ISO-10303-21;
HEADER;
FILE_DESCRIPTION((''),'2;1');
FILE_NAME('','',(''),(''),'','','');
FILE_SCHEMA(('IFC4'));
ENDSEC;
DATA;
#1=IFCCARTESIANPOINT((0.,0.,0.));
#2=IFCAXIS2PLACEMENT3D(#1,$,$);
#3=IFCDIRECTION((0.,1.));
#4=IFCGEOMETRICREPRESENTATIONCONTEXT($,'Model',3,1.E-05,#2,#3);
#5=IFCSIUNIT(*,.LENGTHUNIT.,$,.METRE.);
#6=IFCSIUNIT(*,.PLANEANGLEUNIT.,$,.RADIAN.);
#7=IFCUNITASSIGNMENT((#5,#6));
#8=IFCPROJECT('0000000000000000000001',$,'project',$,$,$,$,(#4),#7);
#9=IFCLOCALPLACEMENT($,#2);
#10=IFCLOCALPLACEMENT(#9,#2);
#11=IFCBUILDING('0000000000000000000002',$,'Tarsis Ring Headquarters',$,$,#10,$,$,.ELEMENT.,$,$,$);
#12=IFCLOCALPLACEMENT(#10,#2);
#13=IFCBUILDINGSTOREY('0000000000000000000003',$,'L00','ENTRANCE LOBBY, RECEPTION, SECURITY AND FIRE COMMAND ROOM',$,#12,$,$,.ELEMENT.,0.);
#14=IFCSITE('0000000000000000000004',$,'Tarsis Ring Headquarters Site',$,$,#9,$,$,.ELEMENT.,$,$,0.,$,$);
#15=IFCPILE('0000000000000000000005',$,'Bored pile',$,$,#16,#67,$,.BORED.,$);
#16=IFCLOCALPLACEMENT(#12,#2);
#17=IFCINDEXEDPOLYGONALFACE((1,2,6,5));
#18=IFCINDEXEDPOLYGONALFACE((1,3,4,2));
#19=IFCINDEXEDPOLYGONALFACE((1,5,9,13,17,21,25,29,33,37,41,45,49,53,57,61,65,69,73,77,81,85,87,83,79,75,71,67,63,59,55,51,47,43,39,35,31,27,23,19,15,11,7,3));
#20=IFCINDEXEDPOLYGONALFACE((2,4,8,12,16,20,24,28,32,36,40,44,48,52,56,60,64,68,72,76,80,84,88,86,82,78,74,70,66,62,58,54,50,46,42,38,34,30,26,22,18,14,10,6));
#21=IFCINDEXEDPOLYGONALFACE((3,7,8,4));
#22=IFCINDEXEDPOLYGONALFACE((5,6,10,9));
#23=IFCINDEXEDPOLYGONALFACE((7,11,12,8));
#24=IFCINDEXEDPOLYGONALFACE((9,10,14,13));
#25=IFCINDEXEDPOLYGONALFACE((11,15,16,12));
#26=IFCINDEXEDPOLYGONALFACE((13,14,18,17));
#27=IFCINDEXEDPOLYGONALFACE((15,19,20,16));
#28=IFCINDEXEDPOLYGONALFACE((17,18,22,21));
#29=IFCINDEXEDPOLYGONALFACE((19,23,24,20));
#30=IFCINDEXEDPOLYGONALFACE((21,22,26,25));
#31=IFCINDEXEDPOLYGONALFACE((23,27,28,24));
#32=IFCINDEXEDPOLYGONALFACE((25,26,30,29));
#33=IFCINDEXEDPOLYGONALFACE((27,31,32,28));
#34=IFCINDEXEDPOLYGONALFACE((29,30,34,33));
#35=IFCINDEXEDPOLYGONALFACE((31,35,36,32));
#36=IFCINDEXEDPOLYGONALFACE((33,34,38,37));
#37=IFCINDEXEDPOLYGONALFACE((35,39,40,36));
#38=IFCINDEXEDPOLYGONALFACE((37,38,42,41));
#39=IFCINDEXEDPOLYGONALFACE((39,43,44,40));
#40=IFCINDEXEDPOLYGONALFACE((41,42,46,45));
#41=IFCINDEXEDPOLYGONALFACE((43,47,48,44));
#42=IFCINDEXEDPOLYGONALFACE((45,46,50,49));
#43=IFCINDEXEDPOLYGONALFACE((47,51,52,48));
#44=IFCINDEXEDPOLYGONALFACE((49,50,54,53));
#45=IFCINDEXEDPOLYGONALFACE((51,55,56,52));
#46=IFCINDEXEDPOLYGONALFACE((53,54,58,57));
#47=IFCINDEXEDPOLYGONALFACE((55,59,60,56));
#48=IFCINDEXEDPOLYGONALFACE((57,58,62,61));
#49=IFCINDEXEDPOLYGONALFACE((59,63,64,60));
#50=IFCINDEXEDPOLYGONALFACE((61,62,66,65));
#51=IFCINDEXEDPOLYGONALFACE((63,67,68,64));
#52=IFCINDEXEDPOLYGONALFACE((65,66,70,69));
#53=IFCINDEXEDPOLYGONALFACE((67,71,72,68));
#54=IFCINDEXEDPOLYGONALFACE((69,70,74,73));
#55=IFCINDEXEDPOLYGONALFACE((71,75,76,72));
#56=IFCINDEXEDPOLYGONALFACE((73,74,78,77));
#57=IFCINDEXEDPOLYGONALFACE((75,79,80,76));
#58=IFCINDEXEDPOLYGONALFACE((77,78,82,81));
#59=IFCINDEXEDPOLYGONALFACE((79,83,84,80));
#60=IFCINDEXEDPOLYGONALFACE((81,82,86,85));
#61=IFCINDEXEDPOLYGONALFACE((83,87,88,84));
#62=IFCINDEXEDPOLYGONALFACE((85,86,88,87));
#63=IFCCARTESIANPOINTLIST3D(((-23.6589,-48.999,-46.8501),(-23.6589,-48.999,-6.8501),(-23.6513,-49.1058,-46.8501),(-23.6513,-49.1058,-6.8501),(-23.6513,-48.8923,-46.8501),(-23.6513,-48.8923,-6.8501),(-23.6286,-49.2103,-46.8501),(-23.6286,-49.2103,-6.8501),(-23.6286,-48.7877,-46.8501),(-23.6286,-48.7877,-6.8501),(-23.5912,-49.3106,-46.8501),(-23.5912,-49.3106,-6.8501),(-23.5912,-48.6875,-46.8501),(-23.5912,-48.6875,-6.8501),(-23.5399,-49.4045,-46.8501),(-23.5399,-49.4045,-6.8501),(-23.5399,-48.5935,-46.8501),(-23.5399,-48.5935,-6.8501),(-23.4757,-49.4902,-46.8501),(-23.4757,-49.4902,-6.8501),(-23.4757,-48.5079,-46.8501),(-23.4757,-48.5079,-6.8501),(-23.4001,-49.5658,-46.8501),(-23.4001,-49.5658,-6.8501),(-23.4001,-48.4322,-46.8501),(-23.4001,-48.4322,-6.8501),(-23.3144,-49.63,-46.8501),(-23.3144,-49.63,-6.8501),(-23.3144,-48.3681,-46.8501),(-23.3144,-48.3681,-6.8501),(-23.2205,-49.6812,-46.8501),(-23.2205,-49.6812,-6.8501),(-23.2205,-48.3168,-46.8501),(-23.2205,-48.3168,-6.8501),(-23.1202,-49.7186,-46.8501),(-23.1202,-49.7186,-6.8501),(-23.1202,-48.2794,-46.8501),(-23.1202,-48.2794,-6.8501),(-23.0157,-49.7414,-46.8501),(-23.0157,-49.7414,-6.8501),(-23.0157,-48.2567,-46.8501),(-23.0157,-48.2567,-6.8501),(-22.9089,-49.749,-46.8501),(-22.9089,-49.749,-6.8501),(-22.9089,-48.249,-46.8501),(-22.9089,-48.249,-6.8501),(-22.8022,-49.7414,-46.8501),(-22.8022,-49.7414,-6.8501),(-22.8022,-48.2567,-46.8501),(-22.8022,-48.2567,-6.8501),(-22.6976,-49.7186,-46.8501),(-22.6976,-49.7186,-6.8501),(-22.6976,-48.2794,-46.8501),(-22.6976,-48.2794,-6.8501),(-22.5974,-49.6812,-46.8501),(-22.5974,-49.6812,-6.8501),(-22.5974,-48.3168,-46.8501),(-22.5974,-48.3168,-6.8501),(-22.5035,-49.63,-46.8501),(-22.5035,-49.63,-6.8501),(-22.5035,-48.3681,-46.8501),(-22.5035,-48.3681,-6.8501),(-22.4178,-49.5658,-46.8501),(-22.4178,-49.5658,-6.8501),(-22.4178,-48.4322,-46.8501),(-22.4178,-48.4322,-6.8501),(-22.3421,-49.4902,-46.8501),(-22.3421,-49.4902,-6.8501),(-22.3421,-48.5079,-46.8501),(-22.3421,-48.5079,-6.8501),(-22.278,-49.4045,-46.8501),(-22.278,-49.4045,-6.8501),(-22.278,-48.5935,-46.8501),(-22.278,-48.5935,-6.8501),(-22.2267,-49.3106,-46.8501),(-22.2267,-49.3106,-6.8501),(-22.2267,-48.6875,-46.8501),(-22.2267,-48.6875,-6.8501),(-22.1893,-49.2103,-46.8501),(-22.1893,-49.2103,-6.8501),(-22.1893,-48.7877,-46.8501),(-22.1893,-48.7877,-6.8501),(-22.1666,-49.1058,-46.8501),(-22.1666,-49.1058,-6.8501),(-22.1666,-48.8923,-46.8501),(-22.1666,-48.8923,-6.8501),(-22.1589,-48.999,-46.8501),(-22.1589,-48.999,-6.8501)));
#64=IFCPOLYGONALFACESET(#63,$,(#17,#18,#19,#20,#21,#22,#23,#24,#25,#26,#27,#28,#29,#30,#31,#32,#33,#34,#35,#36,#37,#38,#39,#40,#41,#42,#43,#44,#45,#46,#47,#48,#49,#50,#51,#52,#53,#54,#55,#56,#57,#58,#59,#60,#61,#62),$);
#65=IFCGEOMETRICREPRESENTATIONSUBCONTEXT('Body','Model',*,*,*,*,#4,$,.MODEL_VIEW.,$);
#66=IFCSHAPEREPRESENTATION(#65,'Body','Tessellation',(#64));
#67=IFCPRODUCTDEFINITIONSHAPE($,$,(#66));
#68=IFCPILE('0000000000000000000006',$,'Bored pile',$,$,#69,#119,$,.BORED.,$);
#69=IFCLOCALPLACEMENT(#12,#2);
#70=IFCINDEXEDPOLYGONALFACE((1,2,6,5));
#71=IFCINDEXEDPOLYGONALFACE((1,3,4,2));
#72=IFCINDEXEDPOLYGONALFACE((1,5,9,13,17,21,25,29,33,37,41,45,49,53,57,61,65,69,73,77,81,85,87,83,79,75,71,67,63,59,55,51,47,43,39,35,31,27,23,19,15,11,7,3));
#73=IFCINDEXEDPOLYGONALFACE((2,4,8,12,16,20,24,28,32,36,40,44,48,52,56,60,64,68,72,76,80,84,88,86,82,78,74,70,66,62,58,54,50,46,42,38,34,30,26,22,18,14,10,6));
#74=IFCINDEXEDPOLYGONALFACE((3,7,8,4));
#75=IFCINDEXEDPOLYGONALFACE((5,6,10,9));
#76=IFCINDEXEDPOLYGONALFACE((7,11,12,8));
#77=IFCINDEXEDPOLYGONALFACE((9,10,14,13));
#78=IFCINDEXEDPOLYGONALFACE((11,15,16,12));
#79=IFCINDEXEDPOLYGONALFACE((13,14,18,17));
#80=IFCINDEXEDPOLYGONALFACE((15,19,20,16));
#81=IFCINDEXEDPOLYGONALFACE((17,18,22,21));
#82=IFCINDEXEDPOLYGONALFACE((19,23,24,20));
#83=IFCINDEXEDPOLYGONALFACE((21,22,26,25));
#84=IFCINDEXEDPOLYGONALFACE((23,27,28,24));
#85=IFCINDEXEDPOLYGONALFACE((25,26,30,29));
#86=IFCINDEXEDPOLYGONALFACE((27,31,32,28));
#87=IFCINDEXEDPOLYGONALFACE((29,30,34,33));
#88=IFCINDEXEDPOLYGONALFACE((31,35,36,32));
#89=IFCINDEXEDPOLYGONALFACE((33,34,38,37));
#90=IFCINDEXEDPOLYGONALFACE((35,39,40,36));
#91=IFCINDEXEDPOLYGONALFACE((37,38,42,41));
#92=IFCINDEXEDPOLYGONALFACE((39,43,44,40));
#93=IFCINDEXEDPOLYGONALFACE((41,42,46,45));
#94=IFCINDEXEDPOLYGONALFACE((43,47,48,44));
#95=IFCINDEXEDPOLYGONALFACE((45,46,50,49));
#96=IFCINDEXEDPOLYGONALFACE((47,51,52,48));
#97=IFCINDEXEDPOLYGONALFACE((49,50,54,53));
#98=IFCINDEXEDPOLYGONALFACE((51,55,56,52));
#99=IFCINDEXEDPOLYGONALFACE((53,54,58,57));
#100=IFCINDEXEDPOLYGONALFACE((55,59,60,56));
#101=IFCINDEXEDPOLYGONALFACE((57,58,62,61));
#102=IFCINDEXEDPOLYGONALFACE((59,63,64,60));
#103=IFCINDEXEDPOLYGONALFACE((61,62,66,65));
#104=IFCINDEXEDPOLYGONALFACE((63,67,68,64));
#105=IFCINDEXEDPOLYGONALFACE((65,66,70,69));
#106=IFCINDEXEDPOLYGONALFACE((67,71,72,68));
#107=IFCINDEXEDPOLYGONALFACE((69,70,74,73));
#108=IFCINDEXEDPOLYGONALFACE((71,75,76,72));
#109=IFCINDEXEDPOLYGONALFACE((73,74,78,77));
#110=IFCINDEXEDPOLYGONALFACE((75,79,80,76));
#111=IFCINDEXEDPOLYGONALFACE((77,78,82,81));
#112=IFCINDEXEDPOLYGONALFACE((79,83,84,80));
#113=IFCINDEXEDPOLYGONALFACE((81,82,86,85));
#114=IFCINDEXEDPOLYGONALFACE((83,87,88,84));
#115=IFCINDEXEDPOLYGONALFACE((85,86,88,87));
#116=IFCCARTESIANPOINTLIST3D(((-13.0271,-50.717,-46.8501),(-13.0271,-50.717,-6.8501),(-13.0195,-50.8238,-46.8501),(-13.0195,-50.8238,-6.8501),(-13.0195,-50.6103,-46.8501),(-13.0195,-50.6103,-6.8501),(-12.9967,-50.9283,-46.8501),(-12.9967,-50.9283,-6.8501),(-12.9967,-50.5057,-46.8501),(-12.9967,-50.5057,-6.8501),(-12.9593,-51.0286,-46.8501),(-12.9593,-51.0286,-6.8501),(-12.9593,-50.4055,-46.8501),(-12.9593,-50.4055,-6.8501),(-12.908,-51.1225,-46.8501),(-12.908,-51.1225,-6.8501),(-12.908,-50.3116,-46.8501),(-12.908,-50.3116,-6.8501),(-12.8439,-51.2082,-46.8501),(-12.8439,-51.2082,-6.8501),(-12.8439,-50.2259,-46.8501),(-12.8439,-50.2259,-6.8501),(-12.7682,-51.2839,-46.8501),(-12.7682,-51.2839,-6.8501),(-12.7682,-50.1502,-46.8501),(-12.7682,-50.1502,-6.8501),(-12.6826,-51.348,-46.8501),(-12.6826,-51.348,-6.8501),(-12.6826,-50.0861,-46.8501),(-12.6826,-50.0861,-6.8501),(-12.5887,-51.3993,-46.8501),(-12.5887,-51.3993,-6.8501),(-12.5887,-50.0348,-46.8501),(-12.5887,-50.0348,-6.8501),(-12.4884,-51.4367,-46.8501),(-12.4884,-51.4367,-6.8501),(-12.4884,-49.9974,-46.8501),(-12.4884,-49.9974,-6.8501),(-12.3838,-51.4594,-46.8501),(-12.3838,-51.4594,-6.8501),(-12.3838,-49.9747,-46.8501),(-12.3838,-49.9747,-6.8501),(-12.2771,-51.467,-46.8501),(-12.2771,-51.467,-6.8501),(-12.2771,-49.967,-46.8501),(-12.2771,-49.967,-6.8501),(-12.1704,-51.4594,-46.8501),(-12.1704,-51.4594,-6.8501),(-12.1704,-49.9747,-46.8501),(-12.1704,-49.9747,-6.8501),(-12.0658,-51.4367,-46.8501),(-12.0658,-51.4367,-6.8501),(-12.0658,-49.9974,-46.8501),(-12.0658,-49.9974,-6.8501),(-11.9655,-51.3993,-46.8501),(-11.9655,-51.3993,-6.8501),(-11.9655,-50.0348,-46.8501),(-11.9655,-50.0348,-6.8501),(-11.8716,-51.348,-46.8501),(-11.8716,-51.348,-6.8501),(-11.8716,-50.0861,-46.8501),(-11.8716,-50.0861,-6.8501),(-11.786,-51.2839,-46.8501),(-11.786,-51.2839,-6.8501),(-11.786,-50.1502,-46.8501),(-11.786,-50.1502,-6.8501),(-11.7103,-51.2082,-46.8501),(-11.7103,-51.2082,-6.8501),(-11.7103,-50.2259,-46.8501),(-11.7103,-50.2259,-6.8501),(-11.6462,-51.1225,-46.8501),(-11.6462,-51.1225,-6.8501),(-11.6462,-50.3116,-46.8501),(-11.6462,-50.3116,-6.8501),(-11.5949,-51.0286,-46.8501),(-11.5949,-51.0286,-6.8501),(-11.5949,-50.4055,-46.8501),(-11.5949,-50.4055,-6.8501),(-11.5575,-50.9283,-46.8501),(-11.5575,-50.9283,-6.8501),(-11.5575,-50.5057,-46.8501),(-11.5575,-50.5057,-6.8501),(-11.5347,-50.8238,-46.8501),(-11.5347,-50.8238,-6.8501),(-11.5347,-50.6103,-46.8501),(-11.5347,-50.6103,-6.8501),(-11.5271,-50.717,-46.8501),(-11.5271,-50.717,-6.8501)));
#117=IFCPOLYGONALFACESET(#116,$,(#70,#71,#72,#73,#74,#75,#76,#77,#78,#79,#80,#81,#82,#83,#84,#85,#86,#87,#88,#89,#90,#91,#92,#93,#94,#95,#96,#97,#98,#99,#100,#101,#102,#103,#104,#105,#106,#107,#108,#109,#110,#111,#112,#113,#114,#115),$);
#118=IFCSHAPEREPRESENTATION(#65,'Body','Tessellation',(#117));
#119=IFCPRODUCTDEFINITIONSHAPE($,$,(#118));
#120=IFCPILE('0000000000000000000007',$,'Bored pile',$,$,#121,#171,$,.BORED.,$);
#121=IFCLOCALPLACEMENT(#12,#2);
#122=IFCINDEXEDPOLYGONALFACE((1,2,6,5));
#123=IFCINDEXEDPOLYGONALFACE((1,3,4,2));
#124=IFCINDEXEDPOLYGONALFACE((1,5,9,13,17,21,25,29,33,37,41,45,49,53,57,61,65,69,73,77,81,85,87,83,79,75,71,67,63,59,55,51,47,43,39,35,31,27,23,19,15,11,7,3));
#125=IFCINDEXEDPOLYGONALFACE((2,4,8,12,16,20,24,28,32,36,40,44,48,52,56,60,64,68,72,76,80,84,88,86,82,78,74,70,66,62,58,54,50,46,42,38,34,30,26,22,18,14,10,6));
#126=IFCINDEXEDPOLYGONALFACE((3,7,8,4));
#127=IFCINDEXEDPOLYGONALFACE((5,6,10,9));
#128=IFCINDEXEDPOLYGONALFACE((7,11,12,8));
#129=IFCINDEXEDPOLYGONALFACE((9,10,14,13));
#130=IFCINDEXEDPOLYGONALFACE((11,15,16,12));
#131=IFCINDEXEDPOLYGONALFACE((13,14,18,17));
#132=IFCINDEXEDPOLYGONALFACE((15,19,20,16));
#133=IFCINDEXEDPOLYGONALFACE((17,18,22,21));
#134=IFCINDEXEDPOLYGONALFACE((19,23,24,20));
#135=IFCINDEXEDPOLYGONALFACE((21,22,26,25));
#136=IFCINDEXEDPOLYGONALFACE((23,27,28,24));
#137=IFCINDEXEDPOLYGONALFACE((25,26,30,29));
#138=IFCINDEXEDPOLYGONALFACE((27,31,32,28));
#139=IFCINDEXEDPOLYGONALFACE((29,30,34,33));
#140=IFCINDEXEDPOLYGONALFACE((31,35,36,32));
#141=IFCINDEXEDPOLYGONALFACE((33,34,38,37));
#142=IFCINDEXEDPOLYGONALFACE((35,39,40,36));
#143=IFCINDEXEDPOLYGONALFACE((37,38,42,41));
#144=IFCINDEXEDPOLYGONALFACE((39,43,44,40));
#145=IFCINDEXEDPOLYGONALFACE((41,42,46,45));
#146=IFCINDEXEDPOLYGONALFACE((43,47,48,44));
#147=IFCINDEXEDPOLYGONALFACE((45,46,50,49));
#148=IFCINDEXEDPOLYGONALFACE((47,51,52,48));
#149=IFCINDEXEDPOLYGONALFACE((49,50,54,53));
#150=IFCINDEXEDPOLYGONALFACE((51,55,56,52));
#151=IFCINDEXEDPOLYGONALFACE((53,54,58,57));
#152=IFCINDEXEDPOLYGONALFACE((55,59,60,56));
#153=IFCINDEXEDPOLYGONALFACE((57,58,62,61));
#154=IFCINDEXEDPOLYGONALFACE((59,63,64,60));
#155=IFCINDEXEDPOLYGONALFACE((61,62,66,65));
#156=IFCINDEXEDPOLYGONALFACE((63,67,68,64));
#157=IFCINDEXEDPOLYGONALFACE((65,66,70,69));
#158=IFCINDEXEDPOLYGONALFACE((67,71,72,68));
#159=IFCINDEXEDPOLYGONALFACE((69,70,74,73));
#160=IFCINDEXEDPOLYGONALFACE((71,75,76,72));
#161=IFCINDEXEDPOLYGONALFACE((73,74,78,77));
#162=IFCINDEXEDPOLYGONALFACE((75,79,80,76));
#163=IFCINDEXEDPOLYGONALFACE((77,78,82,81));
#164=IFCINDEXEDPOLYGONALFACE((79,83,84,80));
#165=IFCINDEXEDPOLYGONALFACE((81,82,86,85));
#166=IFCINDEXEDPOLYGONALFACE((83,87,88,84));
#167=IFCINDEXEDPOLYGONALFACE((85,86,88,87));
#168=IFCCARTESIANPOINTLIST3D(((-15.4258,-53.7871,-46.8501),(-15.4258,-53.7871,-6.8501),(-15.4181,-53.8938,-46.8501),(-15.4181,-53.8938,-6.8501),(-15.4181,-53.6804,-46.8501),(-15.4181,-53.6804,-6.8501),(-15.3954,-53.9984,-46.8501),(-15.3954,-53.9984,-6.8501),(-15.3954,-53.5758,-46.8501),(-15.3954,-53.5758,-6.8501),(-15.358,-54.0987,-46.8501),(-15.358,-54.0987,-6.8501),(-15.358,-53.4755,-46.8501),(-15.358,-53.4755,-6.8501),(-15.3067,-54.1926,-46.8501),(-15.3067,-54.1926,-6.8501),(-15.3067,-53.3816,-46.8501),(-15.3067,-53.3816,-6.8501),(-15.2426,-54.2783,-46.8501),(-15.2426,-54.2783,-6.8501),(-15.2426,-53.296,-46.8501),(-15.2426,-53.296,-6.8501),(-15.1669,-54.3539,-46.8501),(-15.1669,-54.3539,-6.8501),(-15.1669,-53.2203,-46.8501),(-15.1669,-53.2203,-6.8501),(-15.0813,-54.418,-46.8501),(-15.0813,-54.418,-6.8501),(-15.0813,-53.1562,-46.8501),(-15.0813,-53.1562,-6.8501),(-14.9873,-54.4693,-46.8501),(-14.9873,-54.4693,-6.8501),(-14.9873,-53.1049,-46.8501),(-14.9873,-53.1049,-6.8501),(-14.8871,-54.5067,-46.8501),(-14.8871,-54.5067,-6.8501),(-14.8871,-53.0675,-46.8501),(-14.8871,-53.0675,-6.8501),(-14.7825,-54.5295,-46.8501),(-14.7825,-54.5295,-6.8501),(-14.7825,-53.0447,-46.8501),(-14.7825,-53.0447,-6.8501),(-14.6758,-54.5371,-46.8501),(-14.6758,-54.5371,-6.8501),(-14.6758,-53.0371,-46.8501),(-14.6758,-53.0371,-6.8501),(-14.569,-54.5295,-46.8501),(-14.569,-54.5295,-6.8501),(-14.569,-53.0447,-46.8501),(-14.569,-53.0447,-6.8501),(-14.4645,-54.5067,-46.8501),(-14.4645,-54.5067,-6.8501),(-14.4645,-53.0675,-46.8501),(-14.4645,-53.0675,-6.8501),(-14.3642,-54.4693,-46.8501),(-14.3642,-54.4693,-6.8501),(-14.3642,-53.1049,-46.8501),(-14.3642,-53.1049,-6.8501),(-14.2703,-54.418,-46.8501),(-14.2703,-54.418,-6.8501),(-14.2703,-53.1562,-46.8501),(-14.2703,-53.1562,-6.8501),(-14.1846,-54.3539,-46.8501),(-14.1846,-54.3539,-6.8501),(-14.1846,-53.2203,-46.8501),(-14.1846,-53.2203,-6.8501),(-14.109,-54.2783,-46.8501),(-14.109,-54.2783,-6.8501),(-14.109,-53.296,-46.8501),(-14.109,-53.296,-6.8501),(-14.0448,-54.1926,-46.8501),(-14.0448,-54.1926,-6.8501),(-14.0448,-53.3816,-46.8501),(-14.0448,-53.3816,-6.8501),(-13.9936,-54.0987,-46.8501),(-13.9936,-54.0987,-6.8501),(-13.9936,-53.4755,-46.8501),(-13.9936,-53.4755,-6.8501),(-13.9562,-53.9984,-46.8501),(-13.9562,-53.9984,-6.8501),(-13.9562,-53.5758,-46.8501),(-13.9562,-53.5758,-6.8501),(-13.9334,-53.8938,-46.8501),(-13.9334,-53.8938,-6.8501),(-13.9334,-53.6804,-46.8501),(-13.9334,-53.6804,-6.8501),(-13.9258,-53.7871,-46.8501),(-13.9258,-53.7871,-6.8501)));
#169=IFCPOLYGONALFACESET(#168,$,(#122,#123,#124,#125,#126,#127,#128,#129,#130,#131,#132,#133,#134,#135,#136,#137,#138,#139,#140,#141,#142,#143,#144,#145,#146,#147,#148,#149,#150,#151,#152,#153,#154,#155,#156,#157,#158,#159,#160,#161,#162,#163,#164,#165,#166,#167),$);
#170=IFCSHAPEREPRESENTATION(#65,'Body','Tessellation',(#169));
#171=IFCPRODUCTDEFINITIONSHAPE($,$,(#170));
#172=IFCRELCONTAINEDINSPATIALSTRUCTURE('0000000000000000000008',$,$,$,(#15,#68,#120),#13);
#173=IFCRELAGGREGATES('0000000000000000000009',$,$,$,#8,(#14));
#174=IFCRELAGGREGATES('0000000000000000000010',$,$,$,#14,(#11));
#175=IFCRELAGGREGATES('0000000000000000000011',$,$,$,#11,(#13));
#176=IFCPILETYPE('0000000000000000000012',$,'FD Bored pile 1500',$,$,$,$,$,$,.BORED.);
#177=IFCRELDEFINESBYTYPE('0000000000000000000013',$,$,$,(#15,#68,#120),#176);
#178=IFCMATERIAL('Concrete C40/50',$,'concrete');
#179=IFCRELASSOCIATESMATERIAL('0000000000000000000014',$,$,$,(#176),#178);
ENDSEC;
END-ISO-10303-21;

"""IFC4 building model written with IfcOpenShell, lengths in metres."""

from ifc_helpers import new_model, si_unit, direction, frame, origin, origin_2d, place, context, subcontext, project, spatial, circle, extrude, material, material_profile, profile_set, type_object, element, save


model = new_model("IFC4")

# Units and contexts
model_context = context("Model", 3, precision=1e-05, world=origin(), true_north=direction((0.0, 1.0)))
body_context = subcontext(model_context, "Body", "Model", "MODEL_VIEW")
ifc_project = project(units=[si_unit("LENGTHUNIT", "METRE"), si_unit("PLANEANGLEUNIT", "RADIAN")], contexts=[model_context])

# Site, building, storey
site_placement = place(None, origin())
site = spatial("IfcSite", under=ifc_project, at=site_placement, Name="Tarsis Ring Headquarters Site", CompositionType="ELEMENT", RefElevation=0.0)
building_placement = place(site_placement, origin())
building = spatial("IfcBuilding", under=site, at=building_placement, Name="Tarsis Ring Headquarters", CompositionType="ELEMENT")
storey_placement = place(building_placement, origin())
storey = spatial("IfcBuildingStorey", under=building, at=storey_placement, Name="L00", Description="ENTRANCE LOBBY, RECEPTION, SECURITY AND FIRE COMMAND ROOM", CompositionType="ELEMENT", Elevation=0.0)

# Piles
ifc_material_1 = material(Name="Concrete C40/50", Category="concrete")
ifc_material_profile_1 = material_profile(ifc_material_1, circle(Radius=0.75, at=origin_2d()), Name="BORED 1500")
ifc_profile_set_1 = profile_set([ifc_material_profile_1], Name="Concrete C40/50")
pile_type = type_object("IfcPileType", Name="FD Bored pile 1500", PredefinedType="BORED", material=ifc_profile_set_1)
for number, where, z_axis, x_axis, name in (
    (1, (-22.9089, -48.999, -6.8501), (0.0, 0.0, -1.0), (1.0, 0.0, 0.0), "Bored pile"),
    (2, (-12.2771, -50.717, -6.8501), (0.0, 0.0, -1.0), (1.0, 0.0, 0.0), "Bored pile"),
    (3, (-14.6758, -53.7871, -6.8501), (0.0, 0.0, -1.0), (1.0, 0.0, 0.0), "Bored pile"),
):
    element("IfcPile", number, at=place(storey_placement, frame(where, z_axis=z_axis, x_axis=x_axis)), inside=storey, type_object=pile_type, Name=name, PredefinedType="BORED", context=body_context, shape_type="SweptSolid", body=[
        extrude(circle(Radius=0.75, at=origin_2d()), origin(), (0.0, 0.0, 1.0), 40.0),
    ])

save(model, "model.ifc")
